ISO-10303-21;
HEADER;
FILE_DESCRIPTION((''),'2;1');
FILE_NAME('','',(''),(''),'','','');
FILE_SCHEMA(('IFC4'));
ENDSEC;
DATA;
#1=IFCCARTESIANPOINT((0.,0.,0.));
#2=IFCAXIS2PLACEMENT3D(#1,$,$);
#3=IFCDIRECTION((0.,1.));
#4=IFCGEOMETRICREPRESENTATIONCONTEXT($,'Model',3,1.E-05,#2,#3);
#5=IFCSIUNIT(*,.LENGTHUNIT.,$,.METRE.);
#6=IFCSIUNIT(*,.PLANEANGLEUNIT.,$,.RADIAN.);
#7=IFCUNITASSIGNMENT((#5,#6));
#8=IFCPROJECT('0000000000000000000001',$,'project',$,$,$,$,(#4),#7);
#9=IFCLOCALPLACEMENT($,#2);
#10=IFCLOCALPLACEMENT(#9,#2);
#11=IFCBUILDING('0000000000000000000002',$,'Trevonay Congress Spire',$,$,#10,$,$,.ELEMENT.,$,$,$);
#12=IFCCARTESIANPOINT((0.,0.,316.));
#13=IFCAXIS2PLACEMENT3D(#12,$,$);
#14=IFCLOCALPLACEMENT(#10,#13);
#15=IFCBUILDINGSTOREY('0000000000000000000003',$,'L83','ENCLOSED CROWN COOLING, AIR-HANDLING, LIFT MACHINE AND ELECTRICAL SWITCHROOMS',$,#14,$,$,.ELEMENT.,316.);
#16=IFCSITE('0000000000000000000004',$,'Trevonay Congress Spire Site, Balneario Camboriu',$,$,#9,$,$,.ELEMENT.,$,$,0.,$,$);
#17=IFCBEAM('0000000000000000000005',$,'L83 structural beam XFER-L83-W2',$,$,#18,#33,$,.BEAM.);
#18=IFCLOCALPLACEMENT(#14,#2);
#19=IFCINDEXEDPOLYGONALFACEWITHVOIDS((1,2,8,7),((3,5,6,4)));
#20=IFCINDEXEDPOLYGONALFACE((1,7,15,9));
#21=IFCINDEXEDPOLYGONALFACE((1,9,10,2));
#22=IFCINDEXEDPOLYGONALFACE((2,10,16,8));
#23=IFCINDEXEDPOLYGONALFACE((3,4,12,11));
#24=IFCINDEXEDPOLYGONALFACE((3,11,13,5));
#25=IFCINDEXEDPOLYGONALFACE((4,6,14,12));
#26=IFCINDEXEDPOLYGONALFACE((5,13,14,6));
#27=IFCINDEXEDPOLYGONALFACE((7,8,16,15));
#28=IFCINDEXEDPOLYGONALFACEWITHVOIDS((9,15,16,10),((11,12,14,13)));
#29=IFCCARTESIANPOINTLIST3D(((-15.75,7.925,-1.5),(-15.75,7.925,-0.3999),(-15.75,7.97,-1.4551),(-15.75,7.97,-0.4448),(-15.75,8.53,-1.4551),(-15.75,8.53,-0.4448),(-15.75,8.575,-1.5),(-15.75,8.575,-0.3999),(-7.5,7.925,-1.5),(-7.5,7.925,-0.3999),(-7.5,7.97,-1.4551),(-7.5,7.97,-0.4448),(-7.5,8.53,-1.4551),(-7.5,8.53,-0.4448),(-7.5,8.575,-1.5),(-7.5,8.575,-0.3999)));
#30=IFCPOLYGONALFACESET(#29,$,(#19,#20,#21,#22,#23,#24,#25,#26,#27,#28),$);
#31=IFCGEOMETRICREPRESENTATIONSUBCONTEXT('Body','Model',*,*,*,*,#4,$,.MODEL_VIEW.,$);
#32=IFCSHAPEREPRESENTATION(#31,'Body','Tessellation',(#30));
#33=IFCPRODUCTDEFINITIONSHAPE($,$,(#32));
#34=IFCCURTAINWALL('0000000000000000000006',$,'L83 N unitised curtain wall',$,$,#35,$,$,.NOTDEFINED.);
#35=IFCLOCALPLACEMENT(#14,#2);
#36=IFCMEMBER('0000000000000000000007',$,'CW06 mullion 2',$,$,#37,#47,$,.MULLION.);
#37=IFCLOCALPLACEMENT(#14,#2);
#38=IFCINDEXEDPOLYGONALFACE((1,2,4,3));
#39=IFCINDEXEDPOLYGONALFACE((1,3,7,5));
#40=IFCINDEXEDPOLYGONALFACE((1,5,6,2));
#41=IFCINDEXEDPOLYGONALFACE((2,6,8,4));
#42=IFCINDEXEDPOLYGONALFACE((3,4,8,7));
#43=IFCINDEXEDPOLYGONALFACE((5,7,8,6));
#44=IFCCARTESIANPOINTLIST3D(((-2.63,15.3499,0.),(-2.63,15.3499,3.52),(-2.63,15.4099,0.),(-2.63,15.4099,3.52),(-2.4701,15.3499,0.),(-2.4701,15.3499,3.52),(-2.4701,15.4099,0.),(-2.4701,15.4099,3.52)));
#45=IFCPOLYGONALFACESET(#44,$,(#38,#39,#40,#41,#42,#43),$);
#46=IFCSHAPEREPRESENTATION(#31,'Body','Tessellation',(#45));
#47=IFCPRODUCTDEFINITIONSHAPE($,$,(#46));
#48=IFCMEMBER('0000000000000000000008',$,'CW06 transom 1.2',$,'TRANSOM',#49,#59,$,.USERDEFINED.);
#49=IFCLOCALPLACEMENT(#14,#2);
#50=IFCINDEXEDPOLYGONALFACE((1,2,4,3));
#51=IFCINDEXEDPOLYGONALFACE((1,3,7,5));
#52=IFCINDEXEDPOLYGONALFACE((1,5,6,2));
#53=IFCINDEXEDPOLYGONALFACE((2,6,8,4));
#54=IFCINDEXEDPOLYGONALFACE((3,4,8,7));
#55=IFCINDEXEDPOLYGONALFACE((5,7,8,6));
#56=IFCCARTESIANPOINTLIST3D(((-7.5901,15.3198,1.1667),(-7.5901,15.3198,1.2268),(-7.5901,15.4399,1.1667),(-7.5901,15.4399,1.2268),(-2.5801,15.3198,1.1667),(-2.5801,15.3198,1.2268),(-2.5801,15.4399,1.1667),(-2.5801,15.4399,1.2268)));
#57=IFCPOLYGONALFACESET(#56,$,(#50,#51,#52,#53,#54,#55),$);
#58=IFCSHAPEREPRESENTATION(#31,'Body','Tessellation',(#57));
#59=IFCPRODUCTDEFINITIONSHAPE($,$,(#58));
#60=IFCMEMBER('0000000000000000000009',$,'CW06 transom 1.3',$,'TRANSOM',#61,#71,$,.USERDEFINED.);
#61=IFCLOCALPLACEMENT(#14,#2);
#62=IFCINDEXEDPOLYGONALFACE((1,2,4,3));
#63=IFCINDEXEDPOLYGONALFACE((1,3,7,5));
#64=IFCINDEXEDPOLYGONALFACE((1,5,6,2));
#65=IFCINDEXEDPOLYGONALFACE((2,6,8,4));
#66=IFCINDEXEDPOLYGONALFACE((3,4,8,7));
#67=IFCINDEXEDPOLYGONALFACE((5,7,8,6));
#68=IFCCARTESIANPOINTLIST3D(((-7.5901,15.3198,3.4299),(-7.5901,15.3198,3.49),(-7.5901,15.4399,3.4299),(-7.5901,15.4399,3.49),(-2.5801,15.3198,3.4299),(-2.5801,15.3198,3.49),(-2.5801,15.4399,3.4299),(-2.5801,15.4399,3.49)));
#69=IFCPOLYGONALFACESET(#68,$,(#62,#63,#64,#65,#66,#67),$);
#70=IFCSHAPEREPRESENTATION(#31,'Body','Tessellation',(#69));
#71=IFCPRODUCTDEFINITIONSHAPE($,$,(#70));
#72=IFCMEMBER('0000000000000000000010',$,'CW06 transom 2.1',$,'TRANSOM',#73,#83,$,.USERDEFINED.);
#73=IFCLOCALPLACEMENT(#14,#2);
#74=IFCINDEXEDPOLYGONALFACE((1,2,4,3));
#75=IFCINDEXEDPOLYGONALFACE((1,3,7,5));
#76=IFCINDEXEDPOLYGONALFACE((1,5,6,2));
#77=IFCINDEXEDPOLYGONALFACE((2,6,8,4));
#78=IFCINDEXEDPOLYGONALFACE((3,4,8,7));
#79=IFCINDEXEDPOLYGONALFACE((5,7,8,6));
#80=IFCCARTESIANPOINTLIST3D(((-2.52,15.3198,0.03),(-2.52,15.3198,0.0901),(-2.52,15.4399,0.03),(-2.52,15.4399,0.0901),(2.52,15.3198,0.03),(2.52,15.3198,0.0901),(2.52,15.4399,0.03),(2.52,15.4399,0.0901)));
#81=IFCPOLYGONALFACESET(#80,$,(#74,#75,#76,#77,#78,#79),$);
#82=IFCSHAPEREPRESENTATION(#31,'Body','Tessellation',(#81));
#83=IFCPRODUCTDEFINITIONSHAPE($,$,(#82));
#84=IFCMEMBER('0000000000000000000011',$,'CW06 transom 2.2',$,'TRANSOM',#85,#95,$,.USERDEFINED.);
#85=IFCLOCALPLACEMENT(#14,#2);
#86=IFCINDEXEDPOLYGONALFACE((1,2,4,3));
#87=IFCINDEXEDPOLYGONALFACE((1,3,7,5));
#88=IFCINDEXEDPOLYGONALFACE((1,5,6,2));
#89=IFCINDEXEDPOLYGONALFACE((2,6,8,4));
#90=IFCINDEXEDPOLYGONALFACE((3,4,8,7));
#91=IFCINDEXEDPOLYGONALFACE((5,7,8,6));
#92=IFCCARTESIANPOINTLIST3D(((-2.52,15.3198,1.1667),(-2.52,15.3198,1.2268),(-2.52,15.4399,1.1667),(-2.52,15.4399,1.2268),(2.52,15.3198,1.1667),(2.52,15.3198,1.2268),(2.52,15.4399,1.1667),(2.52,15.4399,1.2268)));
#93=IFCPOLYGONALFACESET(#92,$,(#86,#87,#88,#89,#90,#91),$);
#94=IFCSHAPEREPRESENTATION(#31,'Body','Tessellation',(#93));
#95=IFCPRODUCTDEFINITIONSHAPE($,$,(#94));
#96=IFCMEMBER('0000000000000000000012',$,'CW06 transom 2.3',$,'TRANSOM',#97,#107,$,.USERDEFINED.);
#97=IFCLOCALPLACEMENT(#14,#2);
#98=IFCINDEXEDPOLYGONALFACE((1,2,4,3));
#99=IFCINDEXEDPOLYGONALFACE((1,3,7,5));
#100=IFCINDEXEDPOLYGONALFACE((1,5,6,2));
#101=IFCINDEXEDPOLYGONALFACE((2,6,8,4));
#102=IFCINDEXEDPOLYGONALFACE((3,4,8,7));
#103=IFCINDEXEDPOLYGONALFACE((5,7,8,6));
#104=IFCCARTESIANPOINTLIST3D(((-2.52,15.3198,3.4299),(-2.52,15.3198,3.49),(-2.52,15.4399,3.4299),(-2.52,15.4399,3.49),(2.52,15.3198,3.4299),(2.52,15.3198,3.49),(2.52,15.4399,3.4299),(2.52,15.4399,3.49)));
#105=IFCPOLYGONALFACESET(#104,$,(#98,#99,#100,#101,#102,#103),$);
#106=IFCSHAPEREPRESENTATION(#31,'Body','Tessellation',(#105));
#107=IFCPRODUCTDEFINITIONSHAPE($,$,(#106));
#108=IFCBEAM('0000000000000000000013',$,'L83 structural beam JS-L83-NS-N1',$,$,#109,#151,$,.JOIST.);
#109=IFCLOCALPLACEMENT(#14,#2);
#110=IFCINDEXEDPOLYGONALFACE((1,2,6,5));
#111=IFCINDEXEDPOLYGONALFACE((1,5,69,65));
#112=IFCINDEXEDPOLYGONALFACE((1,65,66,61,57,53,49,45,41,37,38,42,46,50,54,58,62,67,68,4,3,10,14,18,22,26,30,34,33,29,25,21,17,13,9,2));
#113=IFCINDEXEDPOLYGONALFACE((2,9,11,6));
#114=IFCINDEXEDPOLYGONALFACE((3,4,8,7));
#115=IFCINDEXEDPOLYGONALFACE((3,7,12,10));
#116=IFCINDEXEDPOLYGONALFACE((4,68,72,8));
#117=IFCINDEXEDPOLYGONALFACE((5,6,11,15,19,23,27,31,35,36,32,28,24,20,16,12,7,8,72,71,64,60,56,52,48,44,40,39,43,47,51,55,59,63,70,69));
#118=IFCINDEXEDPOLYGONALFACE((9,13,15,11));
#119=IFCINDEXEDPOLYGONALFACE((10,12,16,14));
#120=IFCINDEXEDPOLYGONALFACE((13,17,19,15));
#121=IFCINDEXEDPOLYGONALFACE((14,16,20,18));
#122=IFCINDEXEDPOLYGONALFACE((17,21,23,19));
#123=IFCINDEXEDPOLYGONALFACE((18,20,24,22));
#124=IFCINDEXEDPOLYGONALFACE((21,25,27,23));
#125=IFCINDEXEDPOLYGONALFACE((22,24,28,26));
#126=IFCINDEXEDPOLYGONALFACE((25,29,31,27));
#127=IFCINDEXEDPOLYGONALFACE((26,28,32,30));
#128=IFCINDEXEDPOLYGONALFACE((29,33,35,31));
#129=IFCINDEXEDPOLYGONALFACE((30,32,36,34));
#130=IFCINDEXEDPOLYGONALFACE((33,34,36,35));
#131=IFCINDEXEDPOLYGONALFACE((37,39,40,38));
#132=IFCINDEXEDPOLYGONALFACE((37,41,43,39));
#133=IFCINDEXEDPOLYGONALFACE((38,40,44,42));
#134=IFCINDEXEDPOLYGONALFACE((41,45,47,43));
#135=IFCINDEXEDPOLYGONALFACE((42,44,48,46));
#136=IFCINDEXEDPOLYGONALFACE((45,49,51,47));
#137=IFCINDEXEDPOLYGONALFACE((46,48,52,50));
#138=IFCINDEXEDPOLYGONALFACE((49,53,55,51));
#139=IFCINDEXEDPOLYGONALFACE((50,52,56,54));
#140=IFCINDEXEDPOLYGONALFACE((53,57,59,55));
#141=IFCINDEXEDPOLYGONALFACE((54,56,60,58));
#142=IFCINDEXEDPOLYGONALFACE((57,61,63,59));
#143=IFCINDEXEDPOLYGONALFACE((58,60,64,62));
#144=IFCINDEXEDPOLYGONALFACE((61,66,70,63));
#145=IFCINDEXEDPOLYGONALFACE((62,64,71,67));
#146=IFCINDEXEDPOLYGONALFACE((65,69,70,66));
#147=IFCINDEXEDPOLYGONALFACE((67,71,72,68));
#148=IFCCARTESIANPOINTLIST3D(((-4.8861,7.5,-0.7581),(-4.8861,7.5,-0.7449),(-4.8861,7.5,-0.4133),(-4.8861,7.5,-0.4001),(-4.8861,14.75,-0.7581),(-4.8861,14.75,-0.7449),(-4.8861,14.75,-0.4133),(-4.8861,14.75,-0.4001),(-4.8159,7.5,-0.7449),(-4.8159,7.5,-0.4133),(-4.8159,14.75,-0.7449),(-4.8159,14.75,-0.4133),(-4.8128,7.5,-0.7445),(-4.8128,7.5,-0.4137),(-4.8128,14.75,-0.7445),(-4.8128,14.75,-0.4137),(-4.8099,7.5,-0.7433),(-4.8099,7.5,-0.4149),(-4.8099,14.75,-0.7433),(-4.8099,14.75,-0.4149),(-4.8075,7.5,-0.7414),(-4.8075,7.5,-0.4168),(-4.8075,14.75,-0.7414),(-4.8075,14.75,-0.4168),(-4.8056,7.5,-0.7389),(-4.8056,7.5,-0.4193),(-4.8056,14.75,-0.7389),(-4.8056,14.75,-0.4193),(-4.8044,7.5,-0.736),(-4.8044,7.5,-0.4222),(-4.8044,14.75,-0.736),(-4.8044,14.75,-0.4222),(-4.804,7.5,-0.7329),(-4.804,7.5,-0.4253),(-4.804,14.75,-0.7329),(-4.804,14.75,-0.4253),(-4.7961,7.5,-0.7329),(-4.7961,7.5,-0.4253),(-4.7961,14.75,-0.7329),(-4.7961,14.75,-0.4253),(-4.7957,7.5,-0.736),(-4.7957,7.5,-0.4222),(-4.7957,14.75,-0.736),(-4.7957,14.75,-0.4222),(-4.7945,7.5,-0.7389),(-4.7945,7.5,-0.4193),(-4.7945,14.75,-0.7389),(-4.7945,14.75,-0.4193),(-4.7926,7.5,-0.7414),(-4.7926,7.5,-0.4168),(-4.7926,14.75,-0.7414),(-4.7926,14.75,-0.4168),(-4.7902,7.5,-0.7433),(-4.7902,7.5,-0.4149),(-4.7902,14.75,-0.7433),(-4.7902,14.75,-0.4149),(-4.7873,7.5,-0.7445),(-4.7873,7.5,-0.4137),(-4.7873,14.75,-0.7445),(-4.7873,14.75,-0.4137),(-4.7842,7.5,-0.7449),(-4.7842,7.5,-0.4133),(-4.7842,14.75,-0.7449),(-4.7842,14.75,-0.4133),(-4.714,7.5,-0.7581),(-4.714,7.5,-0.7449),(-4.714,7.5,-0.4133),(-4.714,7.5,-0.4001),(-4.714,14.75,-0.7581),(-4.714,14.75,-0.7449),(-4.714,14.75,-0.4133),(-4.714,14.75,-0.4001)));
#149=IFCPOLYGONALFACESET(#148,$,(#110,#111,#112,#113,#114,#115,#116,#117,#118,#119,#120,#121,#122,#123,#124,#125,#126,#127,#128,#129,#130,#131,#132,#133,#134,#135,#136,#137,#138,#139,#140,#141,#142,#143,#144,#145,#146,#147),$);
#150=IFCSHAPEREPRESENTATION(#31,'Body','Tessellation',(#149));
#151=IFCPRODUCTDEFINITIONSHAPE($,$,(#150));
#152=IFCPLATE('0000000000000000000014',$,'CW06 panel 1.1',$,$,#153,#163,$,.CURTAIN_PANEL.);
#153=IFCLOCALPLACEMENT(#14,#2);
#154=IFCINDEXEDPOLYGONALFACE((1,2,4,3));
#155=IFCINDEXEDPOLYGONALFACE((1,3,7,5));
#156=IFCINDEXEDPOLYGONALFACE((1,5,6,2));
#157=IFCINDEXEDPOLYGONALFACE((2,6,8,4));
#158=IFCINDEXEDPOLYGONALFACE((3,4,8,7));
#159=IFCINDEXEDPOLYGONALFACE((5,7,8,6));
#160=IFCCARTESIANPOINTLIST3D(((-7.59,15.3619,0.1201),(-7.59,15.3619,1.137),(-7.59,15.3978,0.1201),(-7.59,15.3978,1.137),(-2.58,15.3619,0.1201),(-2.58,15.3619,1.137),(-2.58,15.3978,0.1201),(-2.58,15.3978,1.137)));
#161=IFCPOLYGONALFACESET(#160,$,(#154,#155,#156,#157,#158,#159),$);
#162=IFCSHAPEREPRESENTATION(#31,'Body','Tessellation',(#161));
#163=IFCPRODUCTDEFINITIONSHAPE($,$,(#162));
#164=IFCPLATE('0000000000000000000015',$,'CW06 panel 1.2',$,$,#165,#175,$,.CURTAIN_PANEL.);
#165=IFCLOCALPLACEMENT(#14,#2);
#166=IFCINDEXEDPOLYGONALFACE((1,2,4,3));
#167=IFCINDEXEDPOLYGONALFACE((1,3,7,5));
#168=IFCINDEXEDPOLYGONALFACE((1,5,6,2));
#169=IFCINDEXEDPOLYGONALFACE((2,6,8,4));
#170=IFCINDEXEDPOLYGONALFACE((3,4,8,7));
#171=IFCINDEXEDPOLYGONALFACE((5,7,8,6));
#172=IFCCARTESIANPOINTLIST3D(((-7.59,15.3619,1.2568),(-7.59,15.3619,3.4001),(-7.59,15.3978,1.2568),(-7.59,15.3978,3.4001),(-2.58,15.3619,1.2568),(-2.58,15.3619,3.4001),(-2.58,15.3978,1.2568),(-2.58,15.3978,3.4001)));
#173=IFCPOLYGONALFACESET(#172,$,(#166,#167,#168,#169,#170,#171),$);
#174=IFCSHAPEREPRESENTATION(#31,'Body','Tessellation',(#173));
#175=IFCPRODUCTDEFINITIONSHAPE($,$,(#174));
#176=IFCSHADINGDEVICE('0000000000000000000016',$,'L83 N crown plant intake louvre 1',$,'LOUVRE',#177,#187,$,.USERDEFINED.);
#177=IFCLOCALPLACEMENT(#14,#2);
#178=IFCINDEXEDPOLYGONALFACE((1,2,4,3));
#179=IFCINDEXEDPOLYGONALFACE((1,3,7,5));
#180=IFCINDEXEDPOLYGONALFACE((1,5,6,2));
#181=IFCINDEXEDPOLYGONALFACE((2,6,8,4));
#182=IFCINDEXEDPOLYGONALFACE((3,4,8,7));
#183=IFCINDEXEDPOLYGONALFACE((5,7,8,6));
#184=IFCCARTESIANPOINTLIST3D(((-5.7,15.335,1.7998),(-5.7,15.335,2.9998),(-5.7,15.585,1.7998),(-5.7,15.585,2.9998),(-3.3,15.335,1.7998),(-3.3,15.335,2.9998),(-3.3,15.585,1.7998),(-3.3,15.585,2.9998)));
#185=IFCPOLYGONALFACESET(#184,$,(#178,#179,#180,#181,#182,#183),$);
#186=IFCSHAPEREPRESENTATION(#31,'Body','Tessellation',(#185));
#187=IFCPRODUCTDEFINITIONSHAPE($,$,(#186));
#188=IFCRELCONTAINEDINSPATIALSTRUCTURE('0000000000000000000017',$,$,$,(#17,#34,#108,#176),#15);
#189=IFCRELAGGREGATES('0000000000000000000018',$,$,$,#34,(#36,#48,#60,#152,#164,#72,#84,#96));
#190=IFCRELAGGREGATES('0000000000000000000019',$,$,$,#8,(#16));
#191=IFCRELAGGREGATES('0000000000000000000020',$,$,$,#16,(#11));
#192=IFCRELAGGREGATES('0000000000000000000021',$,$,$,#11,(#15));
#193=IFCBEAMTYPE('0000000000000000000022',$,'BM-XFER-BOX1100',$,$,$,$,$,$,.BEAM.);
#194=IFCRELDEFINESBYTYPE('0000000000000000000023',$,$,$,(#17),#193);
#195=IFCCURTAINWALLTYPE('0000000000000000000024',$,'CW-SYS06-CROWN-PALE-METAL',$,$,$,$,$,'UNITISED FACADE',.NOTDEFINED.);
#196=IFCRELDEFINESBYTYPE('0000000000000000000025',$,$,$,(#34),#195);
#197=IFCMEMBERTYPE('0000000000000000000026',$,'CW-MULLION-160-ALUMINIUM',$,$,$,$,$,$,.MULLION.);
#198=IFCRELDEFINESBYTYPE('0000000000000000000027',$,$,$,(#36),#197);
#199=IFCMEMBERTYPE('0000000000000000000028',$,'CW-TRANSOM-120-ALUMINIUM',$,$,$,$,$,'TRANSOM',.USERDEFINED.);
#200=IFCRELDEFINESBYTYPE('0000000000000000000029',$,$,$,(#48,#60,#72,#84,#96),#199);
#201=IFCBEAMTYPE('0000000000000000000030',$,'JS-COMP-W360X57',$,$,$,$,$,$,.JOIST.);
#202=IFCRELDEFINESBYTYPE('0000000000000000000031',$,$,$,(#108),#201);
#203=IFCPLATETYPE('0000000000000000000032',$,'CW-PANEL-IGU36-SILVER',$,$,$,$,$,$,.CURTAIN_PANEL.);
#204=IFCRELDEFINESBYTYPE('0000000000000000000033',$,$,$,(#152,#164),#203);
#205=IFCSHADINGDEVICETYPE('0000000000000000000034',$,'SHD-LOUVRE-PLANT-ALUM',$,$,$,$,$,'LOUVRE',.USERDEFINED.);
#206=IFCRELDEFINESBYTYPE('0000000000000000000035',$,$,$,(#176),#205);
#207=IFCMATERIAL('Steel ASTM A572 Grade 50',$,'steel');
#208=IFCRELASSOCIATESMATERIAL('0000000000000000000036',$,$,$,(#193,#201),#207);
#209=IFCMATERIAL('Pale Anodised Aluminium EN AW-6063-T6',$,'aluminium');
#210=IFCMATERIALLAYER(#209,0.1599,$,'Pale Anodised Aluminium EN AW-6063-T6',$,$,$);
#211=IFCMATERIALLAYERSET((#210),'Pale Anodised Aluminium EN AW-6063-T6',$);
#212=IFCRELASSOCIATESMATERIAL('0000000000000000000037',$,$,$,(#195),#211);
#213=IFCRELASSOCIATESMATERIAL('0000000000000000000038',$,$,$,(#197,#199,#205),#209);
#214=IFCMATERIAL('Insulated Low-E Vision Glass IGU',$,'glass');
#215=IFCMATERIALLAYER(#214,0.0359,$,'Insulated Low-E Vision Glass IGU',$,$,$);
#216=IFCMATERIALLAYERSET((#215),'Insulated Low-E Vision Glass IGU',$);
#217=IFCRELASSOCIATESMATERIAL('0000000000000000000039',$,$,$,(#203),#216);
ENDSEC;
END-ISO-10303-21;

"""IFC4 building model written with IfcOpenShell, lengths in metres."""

from ifc_helpers import new_model, si_unit, direction, frame, origin, origin_2d, place, context, subcontext, project, spatial, rectangle, hollow_rectangle, i_section, extrude, material, layer, layer_set, material_profile, profile_set, type_object, element, aggregate, save


model = new_model("IFC4")

# Units and contexts
model_context = context("Model", 3, precision=1e-05, world=origin(), true_north=direction((0.0, 1.0)))
body_context = subcontext(model_context, "Body", "Model", "MODEL_VIEW")
ifc_project = project(units=[si_unit("LENGTHUNIT", "METRE"), si_unit("PLANEANGLEUNIT", "RADIAN")], contexts=[model_context])

# Site, building, storey
site_placement = place(None, origin())
site = spatial("IfcSite", under=ifc_project, at=site_placement, Name="Trevonay Congress Spire Site, Balneario Camboriu", CompositionType="ELEMENT", RefElevation=0.0)
building_placement = place(site_placement, origin())
building = spatial("IfcBuilding", under=site, at=building_placement, Name="Trevonay Congress Spire", CompositionType="ELEMENT")
storey_placement = place(building_placement, frame((0.0, 0.0, 316.0)))
storey = spatial("IfcBuildingStorey", under=building, at=storey_placement, Name="L83", Description="ENCLOSED CROWN COOLING, AIR-HANDLING, LIFT MACHINE AND ELECTRICAL SWITCHROOMS", CompositionType="ELEMENT", Elevation=316.0)

# Shared definitions
ifc_material_1 = material(Name="Steel ASTM A572 Grade 50", Category="steel")

# Beam
ifc_material_profile_1 = material_profile(ifc_material_1, hollow_rectangle(XDim=0.6499, YDim=1.1001, WallThickness=0.0449, at=origin_2d()), Name="BOX 1100x650x45")
ifc_profile_set_1 = profile_set([ifc_material_profile_1], Name="Steel ASTM A572 Grade 50")
beam_type_1 = type_object("IfcBeamType", Name="BM-XFER-BOX1100", PredefinedType="BEAM", material=ifc_profile_set_1)
for number, where, z_axis, x_axis, name in (
    (1, (-7.5, 8.25, -0.95), (-1.0, 0.0, 0.0), (0.0, -1.0, 0.0), "L83 structural beam XFER-L83-W2"),
):
    element("IfcBeam", number, at=place(storey_placement, frame(where, z_axis=z_axis, x_axis=x_axis)), inside=storey, type_object=beam_type_1, Name=name, PredefinedType="BEAM", context=body_context, shape_type="SweptSolid", body=[
        extrude(hollow_rectangle(XDim=0.6499, YDim=1.1001, WallThickness=0.0449, at=origin_2d()), origin(), (0.0, 0.0, 1.0), 8.25),
    ])

# Curtain wall, members
ifc_material_2 = material(Name="Pale Anodised Aluminium EN AW-6063-T6", Category="aluminium")
ifc_layer_1 = layer(ifc_material_2, 0.1599, Name="Pale Anodised Aluminium EN AW-6063-T6")
ifc_layer_set_1 = layer_set([ifc_layer_1], Name="Pale Anodised Aluminium EN AW-6063-T6")
curtain_wall_type = type_object("IfcCurtainWallType", Name="CW-SYS06-CROWN-PALE-METAL", ElementType="UNITISED FACADE", PredefinedType="NOTDEFINED", material=ifc_layer_set_1)
curtain_wall_placement = place(storey_placement, origin())
curtain_wall = element("IfcCurtainWall", 2, at=curtain_wall_placement, inside=storey, type_object=curtain_wall_type, Name="L83 N unitised curtain wall", PredefinedType="NOTDEFINED")
ifc_material_profile_2 = material_profile(ifc_material_2, rectangle(XDim=0.0601, YDim=0.1599, at=origin_2d()), Name="CW-MULLION-160-ALUMINIUM")
ifc_profile_set_2 = profile_set([ifc_material_profile_2], Name="Pale Anodised Aluminium EN AW-6063-T6")
member_type_1 = type_object("IfcMemberType", Name="CW-MULLION-160-ALUMINIUM", PredefinedType="MULLION", material=ifc_profile_set_2)
member_1_placement = place(storey_placement, frame((-2.55, 15.3799, 0.0), z_axis=(0.0, 0.0, 1.0), x_axis=(0.0, 1.0, 0.0)))
member_1 = element("IfcMember", 3, at=member_1_placement, type_object=member_type_1, Name="CW06 mullion 2", PredefinedType="MULLION", context=body_context, shape_type="SweptSolid", body=[
    extrude(rectangle(XDim=0.0601, YDim=0.1599, at=origin_2d()), origin(), (0.0, 0.0, 1.0), 3.52),
])
ifc_material_profile_3 = material_profile(ifc_material_2, rectangle(XDim=0.1201, YDim=0.0601, at=origin_2d()), Name="CW-TRANSOM-120-ALUMINIUM")
ifc_profile_set_3 = profile_set([ifc_material_profile_3], Name="Pale Anodised Aluminium EN AW-6063-T6")
member_type_2 = type_object("IfcMemberType", Name="CW-TRANSOM-120-ALUMINIUM", ElementType="TRANSOM", PredefinedType="USERDEFINED", material=ifc_profile_set_3)
member_2_placement = place(storey_placement, frame((-7.5901, 15.3799, 1.1968), z_axis=(1.0, 0.0, 0.0), x_axis=(0.0, 1.0, 0.0)))
member_2 = element("IfcMember", 4, at=member_2_placement, type_object=member_type_2, Name="CW06 transom 1.2", ObjectType="TRANSOM", PredefinedType="USERDEFINED", context=body_context, shape_type="SweptSolid", body=[
    extrude(rectangle(XDim=0.1201, YDim=0.0601, at=origin_2d()), origin(), (0.0, 0.0, 1.0), 5.01),
])
member_3_placement = place(storey_placement, frame((-7.5901, 15.3799, 3.46), z_axis=(1.0, 0.0, 0.0), x_axis=(0.0, 1.0, 0.0)))
member_3 = element("IfcMember", 5, at=member_3_placement, type_object=member_type_2, Name="CW06 transom 1.3", ObjectType="TRANSOM", PredefinedType="USERDEFINED", context=body_context, shape_type="SweptSolid", body=[
    extrude(rectangle(XDim=0.1201, YDim=0.0601, at=origin_2d()), origin(), (0.0, 0.0, 1.0), 5.01),
])
member_4_placement = place(storey_placement, frame((-2.52, 15.3799, 0.0601), z_axis=(1.0, 0.0, 0.0), x_axis=(0.0, 1.0, 0.0)))
member_4 = element("IfcMember", 6, at=member_4_placement, type_object=member_type_2, Name="CW06 transom 2.1", ObjectType="TRANSOM", PredefinedType="USERDEFINED", context=body_context, shape_type="SweptSolid", body=[
    extrude(rectangle(XDim=0.1201, YDim=0.0601, at=origin_2d()), origin(), (0.0, 0.0, 1.0), 5.04),
])
member_5_placement = place(storey_placement, frame((-2.52, 15.3799, 1.1968), z_axis=(1.0, 0.0, 0.0), x_axis=(0.0, 1.0, 0.0)))
member_5 = element("IfcMember", 7, at=member_5_placement, type_object=member_type_2, Name="CW06 transom 2.2", ObjectType="TRANSOM", PredefinedType="USERDEFINED", context=body_context, shape_type="SweptSolid", body=[
    extrude(rectangle(XDim=0.1201, YDim=0.0601, at=origin_2d()), origin(), (0.0, 0.0, 1.0), 5.04),
])
member_6_placement = place(storey_placement, frame((-2.52, 15.3799, 3.46), z_axis=(1.0, 0.0, 0.0), x_axis=(0.0, 1.0, 0.0)))
member_6 = element("IfcMember", 8, at=member_6_placement, type_object=member_type_2, Name="CW06 transom 2.3", ObjectType="TRANSOM", PredefinedType="USERDEFINED", context=body_context, shape_type="SweptSolid", body=[
    extrude(rectangle(XDim=0.1201, YDim=0.0601, at=origin_2d()), origin(), (0.0, 0.0, 1.0), 5.04),
])

# Beam
ifc_material_profile_4 = material_profile(ifc_material_1, i_section(OverallWidth=0.1721, OverallDepth=0.3579, WebThickness=0.0078, FlangeThickness=0.0132, FilletRadius=0.012, at=origin_2d()), Name="W360x57.8")
ifc_profile_set_4 = profile_set([ifc_material_profile_4], Name="Steel ASTM A572 Grade 50")
beam_type_2 = type_object("IfcBeamType", Name="JS-COMP-W360X57", PredefinedType="JOIST", material=ifc_profile_set_4)
beam_1_placement = place(storey_placement, frame((-4.8, 7.5, -0.5791), z_axis=(0.0, 1.0, 0.0), x_axis=(-1.0, 0.0, 0.0)))
element("IfcBeam", 9, at=beam_1_placement, inside=storey, type_object=beam_type_2, Name="L83 structural beam JS-L83-NS-N1", PredefinedType="JOIST", context=body_context, shape_type="SweptSolid", body=[
    extrude(i_section(OverallWidth=0.1721, OverallDepth=0.3579, WebThickness=0.0078, FlangeThickness=0.0132, FilletRadius=0.012, at=origin_2d()), origin(), (0.0, 0.0, 1.0), 7.25),
])

# Plates
ifc_material_3 = material(Name="Insulated Low-E Vision Glass IGU", Category="glass")
ifc_layer_2 = layer(ifc_material_3, 0.0359, Name="Insulated Low-E Vision Glass IGU")
ifc_layer_set_2 = layer_set([ifc_layer_2], Name="Insulated Low-E Vision Glass IGU")
plate_type = type_object("IfcPlateType", Name="CW-PANEL-IGU36-SILVER", PredefinedType="CURTAIN_PANEL", material=ifc_layer_set_2)
plate_1_placement = place(storey_placement, frame((-5.085, 15.3799, 0.1201), z_axis=(0.0, 0.0, 1.0), x_axis=(1.0, 0.0, 0.0)))
plate_1 = element("IfcPlate", 10, at=plate_1_placement, type_object=plate_type, Name="CW06 panel 1.1", PredefinedType="CURTAIN_PANEL", context=body_context, shape_type="SweptSolid", body=[
    extrude(rectangle(XDim=5.01, YDim=0.0359, at=origin_2d()), origin(), (0.0, 0.0, 1.0), 1.0168),
])
plate_2_placement = place(storey_placement, frame((-5.085, 15.3799, 1.2568), z_axis=(0.0, 0.0, 1.0), x_axis=(1.0, 0.0, 0.0)))
plate_2 = element("IfcPlate", 11, at=plate_2_placement, type_object=plate_type, Name="CW06 panel 1.2", PredefinedType="CURTAIN_PANEL", context=body_context, shape_type="SweptSolid", body=[
    extrude(rectangle(XDim=5.01, YDim=0.0359, at=origin_2d()), origin(), (0.0, 0.0, 1.0), 2.1433),
])
aggregate(curtain_wall, [member_1, member_2, member_3, plate_1, plate_2, member_4, member_5, member_6])

# Shading device
shading_device_type = type_object("IfcShadingDeviceType", Name="SHD-LOUVRE-PLANT-ALUM", ElementType="LOUVRE", PredefinedType="USERDEFINED", material=ifc_material_2)
shading_device_placement = place(storey_placement, frame((-4.5, 15.46, 1.7998), z_axis=(0.0, 0.0, 1.0), x_axis=(1.0, 0.0, 0.0)))
element("IfcShadingDevice", 12, at=shading_device_placement, inside=storey, type_object=shading_device_type, Name="L83 N crown plant intake louvre 1", ObjectType="LOUVRE", PredefinedType="USERDEFINED", context=body_context, shape_type="SweptSolid", body=[
    extrude(rectangle(XDim=2.3999, YDim=0.25, at=origin_2d()), origin(), (0.0, 0.0, 1.0), 1.2),
])

save(model, "model.ifc")
